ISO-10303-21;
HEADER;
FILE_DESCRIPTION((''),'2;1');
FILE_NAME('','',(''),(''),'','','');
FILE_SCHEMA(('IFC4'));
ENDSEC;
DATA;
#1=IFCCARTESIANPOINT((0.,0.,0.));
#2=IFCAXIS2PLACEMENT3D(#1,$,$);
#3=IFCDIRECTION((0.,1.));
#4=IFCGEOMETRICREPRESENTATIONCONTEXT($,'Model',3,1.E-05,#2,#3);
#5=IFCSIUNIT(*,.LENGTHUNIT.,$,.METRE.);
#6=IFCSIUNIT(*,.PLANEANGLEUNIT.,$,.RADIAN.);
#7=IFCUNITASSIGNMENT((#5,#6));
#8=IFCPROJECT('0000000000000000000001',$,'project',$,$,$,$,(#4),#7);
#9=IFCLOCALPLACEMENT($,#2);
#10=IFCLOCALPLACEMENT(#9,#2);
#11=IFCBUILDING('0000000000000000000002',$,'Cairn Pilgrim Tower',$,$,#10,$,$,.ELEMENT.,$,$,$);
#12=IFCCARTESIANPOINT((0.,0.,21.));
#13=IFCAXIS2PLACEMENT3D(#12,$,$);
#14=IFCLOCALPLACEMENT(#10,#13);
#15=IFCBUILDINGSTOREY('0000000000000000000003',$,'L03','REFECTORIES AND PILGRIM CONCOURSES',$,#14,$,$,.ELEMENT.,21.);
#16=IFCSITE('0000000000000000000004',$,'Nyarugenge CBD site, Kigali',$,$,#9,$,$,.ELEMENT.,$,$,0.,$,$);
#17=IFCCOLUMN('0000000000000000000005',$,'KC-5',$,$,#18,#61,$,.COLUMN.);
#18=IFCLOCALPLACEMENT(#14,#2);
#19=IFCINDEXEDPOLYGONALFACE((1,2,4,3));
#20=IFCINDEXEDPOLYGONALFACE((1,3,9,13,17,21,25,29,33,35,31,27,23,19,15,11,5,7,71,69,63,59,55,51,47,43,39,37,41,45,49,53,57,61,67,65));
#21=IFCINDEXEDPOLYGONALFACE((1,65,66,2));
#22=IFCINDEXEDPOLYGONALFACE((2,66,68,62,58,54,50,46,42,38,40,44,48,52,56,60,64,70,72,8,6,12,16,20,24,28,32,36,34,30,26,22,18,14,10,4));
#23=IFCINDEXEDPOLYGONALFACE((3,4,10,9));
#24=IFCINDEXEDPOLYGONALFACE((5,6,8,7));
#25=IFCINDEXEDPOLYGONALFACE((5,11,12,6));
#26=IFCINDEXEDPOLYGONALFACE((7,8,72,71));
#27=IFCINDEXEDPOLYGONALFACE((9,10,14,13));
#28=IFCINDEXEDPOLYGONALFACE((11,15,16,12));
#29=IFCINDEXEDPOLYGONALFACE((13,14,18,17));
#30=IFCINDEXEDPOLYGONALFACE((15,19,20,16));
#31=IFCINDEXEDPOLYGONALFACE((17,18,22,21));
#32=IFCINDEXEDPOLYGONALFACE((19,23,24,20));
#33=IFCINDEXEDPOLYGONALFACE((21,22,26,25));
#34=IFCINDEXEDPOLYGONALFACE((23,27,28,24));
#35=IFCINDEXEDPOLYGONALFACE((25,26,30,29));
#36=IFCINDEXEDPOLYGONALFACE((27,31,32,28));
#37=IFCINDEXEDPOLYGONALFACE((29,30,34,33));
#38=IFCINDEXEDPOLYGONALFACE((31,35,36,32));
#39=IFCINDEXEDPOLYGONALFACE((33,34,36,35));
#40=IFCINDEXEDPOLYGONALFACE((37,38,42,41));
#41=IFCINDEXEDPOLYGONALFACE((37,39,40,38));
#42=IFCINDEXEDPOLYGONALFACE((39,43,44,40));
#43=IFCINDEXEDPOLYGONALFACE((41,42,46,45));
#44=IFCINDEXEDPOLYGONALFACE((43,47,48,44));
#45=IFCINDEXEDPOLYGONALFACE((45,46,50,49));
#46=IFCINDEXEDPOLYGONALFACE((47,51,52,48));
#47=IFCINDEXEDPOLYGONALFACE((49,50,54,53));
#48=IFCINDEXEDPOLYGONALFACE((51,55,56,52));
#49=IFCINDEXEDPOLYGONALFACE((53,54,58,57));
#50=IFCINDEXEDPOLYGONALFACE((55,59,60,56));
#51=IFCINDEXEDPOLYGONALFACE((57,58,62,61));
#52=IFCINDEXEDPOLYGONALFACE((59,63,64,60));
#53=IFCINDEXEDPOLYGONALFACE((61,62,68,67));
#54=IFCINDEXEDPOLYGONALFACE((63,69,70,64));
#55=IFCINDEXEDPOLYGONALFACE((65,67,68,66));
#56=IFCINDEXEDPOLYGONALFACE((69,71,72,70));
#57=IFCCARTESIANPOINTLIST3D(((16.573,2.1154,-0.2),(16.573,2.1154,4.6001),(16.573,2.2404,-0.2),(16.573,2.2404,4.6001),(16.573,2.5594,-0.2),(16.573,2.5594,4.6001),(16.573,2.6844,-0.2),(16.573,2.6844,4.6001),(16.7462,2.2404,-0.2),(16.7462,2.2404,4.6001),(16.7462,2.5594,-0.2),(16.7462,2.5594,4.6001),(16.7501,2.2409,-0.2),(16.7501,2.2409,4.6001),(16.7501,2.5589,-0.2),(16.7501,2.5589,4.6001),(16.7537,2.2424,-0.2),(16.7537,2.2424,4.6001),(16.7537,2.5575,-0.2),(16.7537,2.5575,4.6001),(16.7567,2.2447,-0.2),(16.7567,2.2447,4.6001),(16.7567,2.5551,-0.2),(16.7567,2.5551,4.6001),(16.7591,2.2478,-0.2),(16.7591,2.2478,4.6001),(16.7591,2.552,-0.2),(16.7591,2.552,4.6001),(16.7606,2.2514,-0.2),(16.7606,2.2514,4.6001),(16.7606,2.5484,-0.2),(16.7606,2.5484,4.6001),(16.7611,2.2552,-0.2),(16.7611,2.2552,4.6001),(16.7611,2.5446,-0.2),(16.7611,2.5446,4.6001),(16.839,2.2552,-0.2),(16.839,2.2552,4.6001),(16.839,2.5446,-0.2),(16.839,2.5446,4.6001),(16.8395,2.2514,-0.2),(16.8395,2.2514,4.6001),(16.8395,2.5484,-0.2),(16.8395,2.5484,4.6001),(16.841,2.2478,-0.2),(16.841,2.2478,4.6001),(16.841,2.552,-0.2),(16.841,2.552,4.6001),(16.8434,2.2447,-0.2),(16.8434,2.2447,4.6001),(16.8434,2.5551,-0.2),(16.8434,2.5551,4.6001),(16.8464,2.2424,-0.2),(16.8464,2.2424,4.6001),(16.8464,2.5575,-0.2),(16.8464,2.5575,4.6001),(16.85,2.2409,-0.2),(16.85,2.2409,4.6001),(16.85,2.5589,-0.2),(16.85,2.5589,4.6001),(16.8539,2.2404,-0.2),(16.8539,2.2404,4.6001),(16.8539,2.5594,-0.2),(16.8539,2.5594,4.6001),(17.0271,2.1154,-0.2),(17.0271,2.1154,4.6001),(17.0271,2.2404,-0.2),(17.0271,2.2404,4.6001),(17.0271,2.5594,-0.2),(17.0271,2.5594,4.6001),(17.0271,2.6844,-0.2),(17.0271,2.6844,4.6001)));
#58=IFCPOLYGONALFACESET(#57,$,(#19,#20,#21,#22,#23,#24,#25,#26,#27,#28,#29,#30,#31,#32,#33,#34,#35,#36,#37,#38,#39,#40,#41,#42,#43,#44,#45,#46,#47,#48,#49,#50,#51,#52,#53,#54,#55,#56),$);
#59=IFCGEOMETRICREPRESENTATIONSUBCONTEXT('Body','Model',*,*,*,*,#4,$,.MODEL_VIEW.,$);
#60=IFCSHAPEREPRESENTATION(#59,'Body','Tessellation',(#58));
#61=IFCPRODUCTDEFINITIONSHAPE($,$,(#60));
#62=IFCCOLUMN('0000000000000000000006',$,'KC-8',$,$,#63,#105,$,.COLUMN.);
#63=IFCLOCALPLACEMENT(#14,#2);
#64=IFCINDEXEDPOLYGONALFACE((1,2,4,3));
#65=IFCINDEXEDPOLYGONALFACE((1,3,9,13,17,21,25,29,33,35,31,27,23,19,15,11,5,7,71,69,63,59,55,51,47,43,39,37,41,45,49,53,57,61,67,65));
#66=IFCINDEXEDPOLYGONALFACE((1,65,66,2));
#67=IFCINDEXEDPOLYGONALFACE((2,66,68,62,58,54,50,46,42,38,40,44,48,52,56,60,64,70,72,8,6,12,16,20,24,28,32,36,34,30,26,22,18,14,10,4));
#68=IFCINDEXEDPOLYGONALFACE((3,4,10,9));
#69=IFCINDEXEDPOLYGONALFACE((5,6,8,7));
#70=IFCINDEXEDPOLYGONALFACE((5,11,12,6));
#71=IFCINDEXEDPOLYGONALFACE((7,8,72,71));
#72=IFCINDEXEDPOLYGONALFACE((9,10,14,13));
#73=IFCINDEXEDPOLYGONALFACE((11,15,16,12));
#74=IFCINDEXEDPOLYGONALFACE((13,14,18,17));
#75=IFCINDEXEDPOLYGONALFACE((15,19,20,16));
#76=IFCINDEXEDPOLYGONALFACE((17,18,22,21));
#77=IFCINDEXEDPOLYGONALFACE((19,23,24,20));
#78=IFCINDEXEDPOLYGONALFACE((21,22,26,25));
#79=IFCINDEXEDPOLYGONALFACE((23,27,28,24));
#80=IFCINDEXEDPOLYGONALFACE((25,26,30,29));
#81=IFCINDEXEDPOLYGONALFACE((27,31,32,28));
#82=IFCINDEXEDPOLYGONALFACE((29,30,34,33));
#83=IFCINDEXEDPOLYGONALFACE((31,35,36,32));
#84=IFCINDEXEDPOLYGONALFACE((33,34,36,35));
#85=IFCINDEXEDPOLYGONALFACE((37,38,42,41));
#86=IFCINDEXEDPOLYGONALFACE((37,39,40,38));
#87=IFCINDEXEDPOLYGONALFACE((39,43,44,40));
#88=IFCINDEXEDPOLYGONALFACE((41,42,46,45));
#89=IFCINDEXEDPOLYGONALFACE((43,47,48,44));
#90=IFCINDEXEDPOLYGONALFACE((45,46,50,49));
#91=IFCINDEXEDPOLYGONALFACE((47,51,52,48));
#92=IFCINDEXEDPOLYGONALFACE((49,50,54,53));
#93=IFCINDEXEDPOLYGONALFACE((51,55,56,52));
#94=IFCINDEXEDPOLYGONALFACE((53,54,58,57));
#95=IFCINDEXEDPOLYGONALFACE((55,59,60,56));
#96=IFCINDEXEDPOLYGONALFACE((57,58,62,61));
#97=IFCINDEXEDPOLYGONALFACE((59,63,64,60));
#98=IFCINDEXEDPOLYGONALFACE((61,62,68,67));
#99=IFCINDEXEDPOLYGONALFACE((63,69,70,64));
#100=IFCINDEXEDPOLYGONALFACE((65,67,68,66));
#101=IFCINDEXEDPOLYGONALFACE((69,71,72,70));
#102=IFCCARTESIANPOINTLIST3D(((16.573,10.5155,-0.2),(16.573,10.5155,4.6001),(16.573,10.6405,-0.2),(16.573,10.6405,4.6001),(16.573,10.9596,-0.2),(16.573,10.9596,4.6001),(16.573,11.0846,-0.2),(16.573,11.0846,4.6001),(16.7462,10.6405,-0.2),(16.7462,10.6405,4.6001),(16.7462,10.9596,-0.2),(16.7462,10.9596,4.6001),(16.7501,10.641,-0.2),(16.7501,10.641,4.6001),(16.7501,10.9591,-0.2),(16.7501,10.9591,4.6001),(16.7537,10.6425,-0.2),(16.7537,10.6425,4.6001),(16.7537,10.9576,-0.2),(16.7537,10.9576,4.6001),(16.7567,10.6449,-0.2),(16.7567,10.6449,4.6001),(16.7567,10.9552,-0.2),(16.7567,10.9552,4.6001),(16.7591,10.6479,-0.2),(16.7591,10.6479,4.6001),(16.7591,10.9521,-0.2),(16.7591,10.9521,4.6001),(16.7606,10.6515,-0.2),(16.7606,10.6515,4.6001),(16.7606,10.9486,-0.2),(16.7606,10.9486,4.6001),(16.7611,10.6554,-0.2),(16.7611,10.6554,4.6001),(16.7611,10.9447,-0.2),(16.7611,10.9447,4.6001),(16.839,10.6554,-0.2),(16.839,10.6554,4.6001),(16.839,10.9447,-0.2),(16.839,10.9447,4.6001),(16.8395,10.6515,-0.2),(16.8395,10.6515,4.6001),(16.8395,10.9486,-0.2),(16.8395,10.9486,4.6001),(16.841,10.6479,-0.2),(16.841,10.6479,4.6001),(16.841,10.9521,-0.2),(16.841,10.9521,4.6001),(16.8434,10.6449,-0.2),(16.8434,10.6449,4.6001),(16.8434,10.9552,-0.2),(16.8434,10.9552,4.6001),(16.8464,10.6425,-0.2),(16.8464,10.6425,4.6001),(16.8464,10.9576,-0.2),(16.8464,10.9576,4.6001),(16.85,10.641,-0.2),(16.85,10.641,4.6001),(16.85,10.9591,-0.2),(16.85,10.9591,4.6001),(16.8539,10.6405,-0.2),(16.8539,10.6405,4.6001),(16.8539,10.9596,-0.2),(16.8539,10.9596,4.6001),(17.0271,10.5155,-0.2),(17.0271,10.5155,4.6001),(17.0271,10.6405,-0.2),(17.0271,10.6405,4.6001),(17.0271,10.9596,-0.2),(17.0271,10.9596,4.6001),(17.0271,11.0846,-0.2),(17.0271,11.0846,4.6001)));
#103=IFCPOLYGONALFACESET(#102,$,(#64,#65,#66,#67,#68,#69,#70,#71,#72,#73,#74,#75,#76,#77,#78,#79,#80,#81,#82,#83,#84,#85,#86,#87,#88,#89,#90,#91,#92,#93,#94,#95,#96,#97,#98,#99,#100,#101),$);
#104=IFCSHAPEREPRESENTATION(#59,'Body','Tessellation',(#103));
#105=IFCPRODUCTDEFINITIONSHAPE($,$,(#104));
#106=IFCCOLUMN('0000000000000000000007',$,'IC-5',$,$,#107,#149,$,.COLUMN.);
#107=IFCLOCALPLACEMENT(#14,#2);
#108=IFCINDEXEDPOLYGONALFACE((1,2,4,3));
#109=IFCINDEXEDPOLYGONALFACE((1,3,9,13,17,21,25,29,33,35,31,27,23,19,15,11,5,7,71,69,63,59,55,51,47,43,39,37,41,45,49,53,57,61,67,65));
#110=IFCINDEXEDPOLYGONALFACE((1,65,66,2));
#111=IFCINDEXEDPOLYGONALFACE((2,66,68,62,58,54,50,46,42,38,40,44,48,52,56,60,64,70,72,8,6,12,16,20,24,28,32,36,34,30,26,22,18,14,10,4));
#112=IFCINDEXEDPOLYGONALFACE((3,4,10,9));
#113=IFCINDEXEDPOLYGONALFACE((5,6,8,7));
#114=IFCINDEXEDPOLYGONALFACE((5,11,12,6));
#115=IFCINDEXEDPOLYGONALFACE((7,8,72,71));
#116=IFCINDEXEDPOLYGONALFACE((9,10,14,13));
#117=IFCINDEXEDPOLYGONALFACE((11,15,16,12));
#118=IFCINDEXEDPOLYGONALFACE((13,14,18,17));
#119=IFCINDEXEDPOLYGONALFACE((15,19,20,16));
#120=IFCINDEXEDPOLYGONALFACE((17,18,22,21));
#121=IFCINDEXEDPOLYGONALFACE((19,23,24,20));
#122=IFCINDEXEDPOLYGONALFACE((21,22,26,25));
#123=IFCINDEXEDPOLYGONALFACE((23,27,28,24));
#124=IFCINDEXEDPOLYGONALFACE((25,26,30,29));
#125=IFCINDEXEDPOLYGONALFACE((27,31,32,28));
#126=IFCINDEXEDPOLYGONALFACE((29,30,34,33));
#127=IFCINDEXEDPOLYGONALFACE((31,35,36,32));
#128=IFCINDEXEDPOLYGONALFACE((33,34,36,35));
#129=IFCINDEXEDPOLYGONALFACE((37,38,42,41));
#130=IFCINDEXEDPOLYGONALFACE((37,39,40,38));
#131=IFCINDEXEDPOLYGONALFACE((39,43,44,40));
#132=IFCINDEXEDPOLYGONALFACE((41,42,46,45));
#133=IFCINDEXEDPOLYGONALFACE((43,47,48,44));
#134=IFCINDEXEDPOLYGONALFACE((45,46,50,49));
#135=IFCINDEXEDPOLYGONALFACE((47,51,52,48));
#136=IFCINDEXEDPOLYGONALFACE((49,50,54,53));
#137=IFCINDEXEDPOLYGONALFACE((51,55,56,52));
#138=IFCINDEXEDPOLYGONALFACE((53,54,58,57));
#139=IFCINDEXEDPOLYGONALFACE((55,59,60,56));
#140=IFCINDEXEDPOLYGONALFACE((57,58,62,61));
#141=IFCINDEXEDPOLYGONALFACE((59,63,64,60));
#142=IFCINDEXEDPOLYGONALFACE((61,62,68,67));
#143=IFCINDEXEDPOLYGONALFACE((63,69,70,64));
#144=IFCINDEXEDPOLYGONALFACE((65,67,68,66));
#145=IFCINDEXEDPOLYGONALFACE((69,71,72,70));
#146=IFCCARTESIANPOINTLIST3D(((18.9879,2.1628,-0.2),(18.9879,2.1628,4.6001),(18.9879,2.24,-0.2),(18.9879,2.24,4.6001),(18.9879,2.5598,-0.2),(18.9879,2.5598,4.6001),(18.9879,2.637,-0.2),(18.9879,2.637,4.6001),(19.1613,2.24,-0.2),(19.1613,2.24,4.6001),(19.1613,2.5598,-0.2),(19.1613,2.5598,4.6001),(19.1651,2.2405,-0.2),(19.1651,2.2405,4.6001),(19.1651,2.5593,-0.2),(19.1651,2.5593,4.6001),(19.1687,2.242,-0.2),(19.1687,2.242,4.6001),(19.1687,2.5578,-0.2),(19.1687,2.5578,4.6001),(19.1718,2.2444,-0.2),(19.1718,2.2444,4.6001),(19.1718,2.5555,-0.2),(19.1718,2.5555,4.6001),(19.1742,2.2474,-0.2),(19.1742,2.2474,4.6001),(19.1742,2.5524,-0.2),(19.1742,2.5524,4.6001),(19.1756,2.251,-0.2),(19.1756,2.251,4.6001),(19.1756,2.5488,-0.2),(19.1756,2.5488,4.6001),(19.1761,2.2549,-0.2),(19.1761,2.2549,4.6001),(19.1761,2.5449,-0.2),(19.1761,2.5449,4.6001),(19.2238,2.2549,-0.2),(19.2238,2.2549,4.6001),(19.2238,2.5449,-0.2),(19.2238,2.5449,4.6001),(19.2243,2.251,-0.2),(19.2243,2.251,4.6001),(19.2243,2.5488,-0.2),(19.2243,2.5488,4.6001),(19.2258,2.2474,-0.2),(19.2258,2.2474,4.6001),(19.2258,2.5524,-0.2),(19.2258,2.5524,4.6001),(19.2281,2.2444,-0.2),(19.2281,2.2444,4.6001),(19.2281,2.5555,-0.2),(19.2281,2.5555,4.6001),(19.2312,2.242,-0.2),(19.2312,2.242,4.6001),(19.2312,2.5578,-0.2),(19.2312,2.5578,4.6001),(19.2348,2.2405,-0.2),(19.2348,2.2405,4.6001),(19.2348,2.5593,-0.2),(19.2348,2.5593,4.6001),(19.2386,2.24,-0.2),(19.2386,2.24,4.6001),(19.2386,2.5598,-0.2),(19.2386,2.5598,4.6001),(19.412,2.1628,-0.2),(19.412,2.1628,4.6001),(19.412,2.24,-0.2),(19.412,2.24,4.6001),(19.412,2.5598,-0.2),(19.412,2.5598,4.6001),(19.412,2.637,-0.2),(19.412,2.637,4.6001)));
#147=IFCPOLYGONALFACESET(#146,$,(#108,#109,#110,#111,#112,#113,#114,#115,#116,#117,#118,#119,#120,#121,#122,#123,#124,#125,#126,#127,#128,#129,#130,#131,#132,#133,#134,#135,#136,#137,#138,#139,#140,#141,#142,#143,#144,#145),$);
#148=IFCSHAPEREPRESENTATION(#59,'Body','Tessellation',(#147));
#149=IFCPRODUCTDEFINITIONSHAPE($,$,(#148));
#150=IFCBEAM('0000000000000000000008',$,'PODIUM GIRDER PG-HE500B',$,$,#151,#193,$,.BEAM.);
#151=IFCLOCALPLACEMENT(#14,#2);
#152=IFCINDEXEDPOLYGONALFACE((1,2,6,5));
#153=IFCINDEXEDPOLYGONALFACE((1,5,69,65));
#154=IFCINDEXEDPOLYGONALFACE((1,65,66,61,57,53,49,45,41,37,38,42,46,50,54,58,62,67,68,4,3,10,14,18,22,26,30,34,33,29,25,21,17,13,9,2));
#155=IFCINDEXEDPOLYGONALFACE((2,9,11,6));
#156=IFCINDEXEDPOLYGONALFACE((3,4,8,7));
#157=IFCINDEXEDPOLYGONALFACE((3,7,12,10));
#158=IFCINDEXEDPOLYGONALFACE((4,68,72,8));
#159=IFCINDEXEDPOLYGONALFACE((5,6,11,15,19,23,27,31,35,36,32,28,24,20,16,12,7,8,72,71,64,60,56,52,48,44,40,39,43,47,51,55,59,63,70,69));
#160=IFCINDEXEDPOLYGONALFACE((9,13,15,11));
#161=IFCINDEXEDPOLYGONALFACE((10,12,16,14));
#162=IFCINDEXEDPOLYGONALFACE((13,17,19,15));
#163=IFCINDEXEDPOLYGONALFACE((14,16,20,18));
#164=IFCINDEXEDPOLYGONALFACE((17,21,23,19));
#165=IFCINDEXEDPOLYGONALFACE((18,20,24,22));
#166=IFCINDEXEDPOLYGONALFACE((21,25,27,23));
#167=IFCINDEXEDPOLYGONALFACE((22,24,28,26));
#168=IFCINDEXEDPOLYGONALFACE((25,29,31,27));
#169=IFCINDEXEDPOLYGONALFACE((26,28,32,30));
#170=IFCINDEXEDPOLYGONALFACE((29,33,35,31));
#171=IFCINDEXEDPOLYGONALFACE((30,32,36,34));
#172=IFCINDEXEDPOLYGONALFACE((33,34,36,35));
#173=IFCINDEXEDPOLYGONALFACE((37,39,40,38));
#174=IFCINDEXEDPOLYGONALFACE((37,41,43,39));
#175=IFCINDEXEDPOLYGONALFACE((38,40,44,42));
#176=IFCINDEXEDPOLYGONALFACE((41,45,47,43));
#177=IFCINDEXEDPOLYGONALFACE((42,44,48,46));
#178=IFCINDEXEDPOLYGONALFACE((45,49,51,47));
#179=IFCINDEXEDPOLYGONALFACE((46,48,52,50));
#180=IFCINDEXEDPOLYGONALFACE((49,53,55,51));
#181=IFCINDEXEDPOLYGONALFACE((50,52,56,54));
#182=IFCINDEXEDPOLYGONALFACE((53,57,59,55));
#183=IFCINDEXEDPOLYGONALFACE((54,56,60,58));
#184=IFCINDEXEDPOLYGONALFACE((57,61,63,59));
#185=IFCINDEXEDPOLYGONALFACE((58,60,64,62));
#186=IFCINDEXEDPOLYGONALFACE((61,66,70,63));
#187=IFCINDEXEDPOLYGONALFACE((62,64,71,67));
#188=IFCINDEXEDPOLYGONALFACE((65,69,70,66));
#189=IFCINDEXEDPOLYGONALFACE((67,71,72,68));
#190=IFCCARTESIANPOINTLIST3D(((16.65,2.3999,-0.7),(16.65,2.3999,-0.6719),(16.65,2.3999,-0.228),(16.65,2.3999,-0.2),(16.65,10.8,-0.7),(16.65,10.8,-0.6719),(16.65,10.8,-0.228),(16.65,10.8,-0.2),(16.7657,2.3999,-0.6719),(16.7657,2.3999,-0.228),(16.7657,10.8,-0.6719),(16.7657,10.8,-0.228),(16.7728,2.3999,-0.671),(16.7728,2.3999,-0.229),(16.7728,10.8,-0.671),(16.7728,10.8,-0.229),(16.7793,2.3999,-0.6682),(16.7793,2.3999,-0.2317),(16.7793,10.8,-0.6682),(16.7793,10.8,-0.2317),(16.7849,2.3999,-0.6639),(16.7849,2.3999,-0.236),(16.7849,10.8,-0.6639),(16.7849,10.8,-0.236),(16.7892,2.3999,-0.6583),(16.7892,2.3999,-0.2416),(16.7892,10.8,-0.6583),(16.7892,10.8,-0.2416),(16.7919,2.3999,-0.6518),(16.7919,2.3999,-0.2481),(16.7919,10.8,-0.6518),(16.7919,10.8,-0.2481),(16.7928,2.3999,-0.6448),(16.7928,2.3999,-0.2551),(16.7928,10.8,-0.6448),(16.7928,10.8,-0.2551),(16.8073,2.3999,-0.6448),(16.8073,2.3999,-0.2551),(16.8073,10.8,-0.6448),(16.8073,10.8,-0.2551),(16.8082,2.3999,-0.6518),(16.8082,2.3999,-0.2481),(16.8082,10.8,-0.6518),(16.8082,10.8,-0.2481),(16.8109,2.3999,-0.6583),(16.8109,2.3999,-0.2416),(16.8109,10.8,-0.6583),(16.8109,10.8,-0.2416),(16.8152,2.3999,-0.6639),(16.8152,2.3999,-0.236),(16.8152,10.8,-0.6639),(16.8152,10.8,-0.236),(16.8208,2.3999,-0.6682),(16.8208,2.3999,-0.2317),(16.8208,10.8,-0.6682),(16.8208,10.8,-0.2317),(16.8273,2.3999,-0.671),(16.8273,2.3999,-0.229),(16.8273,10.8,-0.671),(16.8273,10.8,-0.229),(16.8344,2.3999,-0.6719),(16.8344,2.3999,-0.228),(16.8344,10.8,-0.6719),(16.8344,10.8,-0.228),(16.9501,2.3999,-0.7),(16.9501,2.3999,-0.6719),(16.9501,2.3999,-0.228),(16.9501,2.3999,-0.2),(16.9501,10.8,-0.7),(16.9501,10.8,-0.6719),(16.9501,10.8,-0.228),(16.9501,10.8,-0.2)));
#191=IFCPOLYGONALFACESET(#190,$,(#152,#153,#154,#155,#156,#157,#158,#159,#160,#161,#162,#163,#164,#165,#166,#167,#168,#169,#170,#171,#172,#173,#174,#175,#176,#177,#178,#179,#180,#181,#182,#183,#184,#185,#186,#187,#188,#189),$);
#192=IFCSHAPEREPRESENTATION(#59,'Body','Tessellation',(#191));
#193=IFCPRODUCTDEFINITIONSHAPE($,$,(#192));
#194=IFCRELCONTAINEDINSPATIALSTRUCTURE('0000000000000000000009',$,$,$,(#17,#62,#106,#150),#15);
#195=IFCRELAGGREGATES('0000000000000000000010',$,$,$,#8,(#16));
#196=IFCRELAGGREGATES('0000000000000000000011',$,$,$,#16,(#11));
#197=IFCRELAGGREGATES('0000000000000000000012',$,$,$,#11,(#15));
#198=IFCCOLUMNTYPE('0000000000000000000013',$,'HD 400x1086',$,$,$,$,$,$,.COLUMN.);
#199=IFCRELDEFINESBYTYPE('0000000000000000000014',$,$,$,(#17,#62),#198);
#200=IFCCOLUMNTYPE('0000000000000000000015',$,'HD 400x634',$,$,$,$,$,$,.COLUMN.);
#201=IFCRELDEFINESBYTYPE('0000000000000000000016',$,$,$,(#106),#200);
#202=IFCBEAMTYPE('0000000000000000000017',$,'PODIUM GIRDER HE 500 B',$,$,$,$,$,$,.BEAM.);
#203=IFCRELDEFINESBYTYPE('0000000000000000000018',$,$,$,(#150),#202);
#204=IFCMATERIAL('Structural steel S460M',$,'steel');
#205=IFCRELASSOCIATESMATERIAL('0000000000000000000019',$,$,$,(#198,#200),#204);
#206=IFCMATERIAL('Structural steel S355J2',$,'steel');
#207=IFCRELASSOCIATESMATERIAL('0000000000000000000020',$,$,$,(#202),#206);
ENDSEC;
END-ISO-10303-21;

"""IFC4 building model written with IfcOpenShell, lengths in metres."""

from ifc_helpers import new_model, si_unit, direction, frame, origin, origin_2d, place, context, subcontext, project, spatial, i_section, extrude, material, material_profile, profile_set, type_object, element, save


model = new_model("IFC4")

# Units and contexts
model_context = context("Model", 3, precision=1e-05, world=origin(), true_north=direction((0.0, 1.0)))
body_context = subcontext(model_context, "Body", "Model", "MODEL_VIEW")
ifc_project = project(units=[si_unit("LENGTHUNIT", "METRE"), si_unit("PLANEANGLEUNIT", "RADIAN")], contexts=[model_context])

# Site, building, storey
site_placement = place(None, origin())
site = spatial("IfcSite", under=ifc_project, at=site_placement, Name="Nyarugenge CBD site, Kigali", CompositionType="ELEMENT", RefElevation=0.0)
building_placement = place(site_placement, origin())
building = spatial("IfcBuilding", under=site, at=building_placement, Name="Cairn Pilgrim Tower", CompositionType="ELEMENT")
storey_placement = place(building_placement, frame((0.0, 0.0, 21.0)))
storey = spatial("IfcBuildingStorey", under=building, at=storey_placement, Name="L03", Description="REFECTORIES AND PILGRIM CONCOURSES", CompositionType="ELEMENT", Elevation=21.0)

# Columns
ifc_material_1 = material(Name="Structural steel S460M", Category="steel")
ifc_material_profile_1 = material_profile(ifc_material_1, i_section(OverallWidth=0.4541, OverallDepth=0.5691, WebThickness=0.0779, FlangeThickness=0.125, FilletRadius=0.0149, at=origin_2d()), Name="HD 400x1086")
ifc_profile_set_1 = profile_set([ifc_material_profile_1], Name="Structural steel S460M")
column_type_1 = type_object("IfcColumnType", Name="HD 400x1086", PredefinedType="COLUMN", material=ifc_profile_set_1)
for number, where, z_axis, x_axis, name in (
    (1, (16.8, 2.3999, -0.2), (0.0, 0.0, 1.0), (1.0, 0.0, 0.0), "KC-5"),
    (2, (16.8, 10.8, -0.2), (0.0, 0.0, 1.0), (1.0, 0.0, 0.0), "KC-8"),
):
    element("IfcColumn", number, at=place(storey_placement, frame(where, z_axis=z_axis, x_axis=x_axis)), inside=storey, type_object=column_type_1, Name=name, PredefinedType="COLUMN", context=body_context, shape_type="SweptSolid", body=[
        extrude(i_section(OverallWidth=0.4541, OverallDepth=0.5691, WebThickness=0.0779, FlangeThickness=0.125, FilletRadius=0.0149, at=origin_2d()), origin(), (0.0, 0.0, 1.0), 4.8),
    ])
ifc_material_profile_2 = material_profile(ifc_material_1, i_section(OverallWidth=0.4241, OverallDepth=0.4741, WebThickness=0.0476, FlangeThickness=0.0771, FilletRadius=0.0149, at=origin_2d()), Name="HD 400x634")
ifc_profile_set_2 = profile_set([ifc_material_profile_2], Name="Structural steel S460M")
column_type_2 = type_object("IfcColumnType", Name="HD 400x634", PredefinedType="COLUMN", material=ifc_profile_set_2)
column_placement = place(storey_placement, frame((19.2, 2.3999, -0.2), z_axis=(0.0, 0.0, 1.0), x_axis=(1.0, 0.0, 0.0)))
element("IfcColumn", 3, at=column_placement, inside=storey, type_object=column_type_2, Name="IC-5", PredefinedType="COLUMN", context=body_context, shape_type="SweptSolid", body=[
    extrude(i_section(OverallWidth=0.4241, OverallDepth=0.4741, WebThickness=0.0476, FlangeThickness=0.0771, FilletRadius=0.0149, at=origin_2d()), origin(), (0.0, 0.0, 1.0), 4.8),
])

# Beam
ifc_material_2 = material(Name="Structural steel S355J2", Category="steel")
ifc_material_profile_3 = material_profile(ifc_material_2, i_section(OverallWidth=0.3, OverallDepth=0.5, WebThickness=0.0144, FlangeThickness=0.0281, FilletRadius=0.0271, at=origin_2d()), Name="HEB 500")
ifc_profile_set_3 = profile_set([ifc_material_profile_3], Name="Structural steel S355J2")
beam_type_1 = type_object("IfcBeamType", Name="PODIUM GIRDER HE 500 B", PredefinedType="BEAM", material=ifc_profile_set_3)
beam_1_placement = place(storey_placement, frame((16.8, 2.3999, -0.45), z_axis=(0.0, 1.0, 0.0), x_axis=(-1.0, 0.0, 0.0)))
element("IfcBeam", 4, at=beam_1_placement, inside=storey, type_object=beam_type_1, Name="PODIUM GIRDER PG-HE500B", PredefinedType="BEAM", context=body_context, shape_type="SweptSolid", body=[
    extrude(i_section(OverallWidth=0.3, OverallDepth=0.5, WebThickness=0.0144, FlangeThickness=0.0281, FilletRadius=0.0271, at=origin_2d()), origin(), (0.0, 0.0, 1.0), 8.4001),
])

save(model, "model.ifc")
